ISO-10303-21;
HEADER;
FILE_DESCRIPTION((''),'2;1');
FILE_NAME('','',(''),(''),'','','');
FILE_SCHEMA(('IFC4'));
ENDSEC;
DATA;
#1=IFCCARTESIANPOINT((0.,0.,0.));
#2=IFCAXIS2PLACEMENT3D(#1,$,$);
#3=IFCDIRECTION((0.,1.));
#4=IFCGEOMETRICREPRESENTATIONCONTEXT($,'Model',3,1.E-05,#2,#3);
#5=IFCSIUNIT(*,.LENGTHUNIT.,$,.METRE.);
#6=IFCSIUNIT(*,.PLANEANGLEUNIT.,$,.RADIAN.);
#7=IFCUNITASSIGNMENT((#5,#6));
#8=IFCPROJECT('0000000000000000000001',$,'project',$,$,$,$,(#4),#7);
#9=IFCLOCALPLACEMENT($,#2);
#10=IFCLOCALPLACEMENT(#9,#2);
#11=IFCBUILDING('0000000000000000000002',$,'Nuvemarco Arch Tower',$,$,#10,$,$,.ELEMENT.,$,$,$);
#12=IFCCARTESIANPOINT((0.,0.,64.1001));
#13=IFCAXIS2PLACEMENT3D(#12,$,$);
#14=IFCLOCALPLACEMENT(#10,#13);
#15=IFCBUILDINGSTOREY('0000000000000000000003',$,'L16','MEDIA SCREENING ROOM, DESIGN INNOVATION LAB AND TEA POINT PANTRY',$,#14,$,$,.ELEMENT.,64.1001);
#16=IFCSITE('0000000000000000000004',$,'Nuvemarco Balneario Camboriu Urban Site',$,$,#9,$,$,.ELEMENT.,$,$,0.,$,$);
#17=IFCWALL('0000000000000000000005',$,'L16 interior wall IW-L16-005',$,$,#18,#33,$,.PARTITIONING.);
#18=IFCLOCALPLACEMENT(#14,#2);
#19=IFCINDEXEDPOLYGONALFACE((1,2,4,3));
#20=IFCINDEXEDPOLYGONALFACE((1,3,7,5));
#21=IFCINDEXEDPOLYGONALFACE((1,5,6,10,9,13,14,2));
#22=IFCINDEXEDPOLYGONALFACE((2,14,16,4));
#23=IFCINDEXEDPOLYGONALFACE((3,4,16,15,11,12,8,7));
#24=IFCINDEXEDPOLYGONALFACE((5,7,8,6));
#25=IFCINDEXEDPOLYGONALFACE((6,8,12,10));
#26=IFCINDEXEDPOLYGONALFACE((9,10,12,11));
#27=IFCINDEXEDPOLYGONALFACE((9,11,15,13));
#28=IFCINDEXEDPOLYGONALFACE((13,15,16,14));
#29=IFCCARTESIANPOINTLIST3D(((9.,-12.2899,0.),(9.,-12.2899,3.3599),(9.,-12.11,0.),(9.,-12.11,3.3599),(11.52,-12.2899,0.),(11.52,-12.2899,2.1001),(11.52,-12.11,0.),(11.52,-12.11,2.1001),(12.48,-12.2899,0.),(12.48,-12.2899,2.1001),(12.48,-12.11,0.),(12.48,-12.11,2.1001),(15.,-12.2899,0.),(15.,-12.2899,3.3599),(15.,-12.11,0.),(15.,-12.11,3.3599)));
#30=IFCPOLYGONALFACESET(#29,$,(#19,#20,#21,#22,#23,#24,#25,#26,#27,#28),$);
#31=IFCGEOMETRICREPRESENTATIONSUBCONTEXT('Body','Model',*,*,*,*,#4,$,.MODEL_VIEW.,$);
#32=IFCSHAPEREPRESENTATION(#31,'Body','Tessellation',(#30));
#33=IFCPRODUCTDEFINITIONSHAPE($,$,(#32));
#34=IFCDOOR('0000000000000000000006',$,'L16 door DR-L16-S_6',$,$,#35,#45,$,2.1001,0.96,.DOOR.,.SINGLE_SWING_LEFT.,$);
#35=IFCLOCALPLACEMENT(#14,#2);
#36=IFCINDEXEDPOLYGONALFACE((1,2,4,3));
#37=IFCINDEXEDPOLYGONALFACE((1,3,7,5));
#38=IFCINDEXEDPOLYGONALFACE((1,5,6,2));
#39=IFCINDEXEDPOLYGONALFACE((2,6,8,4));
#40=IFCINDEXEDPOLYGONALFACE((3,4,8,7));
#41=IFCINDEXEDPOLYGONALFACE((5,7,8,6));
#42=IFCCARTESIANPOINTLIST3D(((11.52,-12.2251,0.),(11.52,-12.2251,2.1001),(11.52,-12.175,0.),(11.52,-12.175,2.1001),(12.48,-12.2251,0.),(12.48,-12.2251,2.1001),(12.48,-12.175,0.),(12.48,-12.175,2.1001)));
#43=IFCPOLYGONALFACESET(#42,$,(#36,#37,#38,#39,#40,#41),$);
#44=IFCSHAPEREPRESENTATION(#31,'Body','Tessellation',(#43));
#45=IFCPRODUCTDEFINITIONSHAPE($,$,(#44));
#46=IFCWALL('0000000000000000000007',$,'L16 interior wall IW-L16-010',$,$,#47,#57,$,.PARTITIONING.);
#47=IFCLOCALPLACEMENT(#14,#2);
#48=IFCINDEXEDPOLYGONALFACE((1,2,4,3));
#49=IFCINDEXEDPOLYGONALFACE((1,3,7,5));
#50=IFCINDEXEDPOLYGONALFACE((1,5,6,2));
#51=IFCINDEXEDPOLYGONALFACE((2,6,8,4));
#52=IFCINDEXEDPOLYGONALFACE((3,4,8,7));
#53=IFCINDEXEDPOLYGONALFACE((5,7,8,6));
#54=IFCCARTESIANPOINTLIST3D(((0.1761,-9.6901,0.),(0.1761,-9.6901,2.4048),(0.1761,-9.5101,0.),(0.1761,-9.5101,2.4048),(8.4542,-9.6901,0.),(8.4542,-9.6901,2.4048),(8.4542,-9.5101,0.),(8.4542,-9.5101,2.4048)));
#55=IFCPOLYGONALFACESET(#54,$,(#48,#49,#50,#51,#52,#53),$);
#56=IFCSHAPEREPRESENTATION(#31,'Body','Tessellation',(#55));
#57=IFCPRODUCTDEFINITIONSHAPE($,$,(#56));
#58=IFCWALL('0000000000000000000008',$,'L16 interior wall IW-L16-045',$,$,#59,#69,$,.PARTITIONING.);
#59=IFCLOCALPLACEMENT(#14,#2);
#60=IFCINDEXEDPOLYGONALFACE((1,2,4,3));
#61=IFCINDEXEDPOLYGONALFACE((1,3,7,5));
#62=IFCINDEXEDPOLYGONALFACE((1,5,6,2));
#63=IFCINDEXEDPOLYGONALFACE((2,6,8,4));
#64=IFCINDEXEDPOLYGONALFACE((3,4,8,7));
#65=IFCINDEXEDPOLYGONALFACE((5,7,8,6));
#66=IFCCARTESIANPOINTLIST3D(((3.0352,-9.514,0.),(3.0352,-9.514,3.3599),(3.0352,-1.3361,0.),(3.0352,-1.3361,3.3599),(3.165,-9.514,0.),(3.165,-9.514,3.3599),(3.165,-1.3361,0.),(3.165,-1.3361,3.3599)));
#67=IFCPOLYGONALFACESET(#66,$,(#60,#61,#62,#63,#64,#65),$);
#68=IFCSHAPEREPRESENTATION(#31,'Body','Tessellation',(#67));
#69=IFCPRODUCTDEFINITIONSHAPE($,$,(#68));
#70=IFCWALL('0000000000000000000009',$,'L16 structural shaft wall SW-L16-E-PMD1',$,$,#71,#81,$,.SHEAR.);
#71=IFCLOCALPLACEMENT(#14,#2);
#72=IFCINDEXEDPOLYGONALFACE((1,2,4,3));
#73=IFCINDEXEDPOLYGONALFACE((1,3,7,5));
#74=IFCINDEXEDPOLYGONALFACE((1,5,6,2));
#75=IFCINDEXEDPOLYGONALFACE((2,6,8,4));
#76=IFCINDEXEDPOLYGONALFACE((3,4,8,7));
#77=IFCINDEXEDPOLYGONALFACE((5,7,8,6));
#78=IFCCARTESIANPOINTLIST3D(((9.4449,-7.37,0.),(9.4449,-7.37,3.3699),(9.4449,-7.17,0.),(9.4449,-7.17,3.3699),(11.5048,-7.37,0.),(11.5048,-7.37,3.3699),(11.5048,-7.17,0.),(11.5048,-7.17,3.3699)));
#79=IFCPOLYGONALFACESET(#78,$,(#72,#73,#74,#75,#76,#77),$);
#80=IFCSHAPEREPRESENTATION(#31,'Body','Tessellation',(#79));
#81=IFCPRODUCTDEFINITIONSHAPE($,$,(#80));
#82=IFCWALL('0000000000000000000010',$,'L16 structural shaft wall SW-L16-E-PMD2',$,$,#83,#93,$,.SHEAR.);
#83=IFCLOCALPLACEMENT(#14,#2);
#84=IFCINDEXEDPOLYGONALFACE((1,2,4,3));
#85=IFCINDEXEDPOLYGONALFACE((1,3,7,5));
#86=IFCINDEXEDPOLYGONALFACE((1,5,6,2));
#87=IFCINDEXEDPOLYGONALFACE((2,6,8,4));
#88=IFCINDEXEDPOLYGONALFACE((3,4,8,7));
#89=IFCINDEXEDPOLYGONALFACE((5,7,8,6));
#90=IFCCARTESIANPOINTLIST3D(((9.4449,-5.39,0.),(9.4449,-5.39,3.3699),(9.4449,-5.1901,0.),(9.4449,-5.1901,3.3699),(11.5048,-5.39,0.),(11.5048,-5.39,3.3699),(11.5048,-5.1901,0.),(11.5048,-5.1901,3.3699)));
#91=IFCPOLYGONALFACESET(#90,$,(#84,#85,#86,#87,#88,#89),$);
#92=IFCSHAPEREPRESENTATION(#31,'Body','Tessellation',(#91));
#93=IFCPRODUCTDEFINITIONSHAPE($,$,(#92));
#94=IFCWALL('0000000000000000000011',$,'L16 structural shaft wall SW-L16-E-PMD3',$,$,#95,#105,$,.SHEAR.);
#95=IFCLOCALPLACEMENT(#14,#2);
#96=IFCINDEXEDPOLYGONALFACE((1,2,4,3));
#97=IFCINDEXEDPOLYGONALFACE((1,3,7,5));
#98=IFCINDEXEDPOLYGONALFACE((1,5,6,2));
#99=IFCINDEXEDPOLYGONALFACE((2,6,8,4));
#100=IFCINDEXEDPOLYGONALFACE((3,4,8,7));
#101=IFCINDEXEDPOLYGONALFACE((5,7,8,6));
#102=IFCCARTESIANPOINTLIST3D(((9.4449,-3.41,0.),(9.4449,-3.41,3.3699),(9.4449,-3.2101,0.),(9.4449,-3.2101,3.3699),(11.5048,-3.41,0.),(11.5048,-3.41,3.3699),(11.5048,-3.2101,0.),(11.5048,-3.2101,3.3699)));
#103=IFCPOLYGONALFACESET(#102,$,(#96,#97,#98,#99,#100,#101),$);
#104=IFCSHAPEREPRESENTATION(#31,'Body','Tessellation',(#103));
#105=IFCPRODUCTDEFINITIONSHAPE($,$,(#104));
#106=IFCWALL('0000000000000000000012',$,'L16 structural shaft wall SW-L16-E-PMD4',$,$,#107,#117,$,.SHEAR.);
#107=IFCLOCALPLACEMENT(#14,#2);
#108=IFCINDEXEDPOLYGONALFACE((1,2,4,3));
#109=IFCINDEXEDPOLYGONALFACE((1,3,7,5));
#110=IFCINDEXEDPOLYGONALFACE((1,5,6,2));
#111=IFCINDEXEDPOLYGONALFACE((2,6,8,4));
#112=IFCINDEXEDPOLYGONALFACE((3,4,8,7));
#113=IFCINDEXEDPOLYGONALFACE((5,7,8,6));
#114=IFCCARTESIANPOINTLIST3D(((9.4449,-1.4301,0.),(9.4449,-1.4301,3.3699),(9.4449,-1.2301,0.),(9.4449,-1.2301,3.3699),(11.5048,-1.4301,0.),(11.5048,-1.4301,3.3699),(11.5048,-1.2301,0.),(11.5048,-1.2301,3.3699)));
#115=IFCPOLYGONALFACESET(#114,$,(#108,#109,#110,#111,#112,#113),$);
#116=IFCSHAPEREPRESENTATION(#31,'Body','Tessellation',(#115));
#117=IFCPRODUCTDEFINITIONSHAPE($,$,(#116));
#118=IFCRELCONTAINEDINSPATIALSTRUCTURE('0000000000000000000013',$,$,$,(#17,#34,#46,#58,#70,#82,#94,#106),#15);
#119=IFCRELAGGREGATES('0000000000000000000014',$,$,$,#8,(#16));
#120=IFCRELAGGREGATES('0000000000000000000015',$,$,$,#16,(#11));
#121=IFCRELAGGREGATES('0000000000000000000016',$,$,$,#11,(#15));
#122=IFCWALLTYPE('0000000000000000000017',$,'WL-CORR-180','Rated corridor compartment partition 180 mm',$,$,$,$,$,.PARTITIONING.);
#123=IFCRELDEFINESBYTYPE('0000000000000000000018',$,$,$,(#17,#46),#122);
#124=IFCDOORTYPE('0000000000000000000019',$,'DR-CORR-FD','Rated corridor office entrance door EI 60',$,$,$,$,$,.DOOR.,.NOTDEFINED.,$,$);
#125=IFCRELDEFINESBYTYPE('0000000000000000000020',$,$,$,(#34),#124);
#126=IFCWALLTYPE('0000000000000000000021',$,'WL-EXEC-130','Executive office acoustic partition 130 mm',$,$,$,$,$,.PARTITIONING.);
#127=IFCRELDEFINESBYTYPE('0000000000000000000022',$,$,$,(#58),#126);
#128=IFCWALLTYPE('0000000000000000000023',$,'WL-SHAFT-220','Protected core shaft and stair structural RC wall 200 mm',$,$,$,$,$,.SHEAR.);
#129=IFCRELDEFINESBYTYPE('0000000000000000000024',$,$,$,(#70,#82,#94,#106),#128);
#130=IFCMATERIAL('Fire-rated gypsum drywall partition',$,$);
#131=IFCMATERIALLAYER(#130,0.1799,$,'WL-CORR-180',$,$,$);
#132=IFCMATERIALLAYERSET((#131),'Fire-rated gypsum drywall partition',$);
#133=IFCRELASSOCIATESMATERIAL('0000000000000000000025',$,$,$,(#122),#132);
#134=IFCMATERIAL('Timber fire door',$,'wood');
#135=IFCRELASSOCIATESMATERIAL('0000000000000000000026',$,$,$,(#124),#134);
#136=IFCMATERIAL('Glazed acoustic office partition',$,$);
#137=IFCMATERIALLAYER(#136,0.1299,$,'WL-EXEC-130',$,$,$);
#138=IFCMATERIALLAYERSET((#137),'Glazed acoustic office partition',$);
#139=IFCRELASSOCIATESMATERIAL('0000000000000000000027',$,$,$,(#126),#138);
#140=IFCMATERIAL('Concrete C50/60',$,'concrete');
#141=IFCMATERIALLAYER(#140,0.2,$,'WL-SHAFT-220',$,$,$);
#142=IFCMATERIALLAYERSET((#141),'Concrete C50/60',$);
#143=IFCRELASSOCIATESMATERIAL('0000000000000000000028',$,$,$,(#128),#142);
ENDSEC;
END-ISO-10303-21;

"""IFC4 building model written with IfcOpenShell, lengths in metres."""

from ifc_helpers import new_model, si_unit, direction, frame, frame_2d, origin, place, context, subcontext, project, spatial, rectangle, extrude, source, transform, mapped, material, layer, layer_set, type_object, type_shapes, element, fill, save


model = new_model("IFC4")

# Units and contexts
model_context = context("Model", 3, precision=1e-05, world=origin(), true_north=direction((0.0, 1.0)))
body_context = subcontext(model_context, "Body", "Model", "MODEL_VIEW")
ifc_project = project(units=[si_unit("LENGTHUNIT", "METRE"), si_unit("PLANEANGLEUNIT", "RADIAN")], contexts=[model_context])

# Site, building, storey
site_placement = place(None, origin())
site = spatial("IfcSite", under=ifc_project, at=site_placement, Name="Nuvemarco Balneario Camboriu Urban Site", CompositionType="ELEMENT", RefElevation=0.0)
building_placement = place(site_placement, origin())
building = spatial("IfcBuilding", under=site, at=building_placement, Name="Nuvemarco Arch Tower", CompositionType="ELEMENT")
storey_placement = place(building_placement, frame((0.0, 0.0, 64.1001)))
storey = spatial("IfcBuildingStorey", under=building, at=storey_placement, Name="L16", Description="MEDIA SCREENING ROOM, DESIGN INNOVATION LAB AND TEA POINT PANTRY", CompositionType="ELEMENT", Elevation=64.1001)

# Shared definitions
ifc_material_1 = material(Name="Concrete C50/60", Category="concrete")

# Wall, opening, door
ifc_material_2 = material(Name="Fire-rated gypsum drywall partition")
ifc_layer_1 = layer(ifc_material_2, 0.1799, Name="WL-CORR-180")
ifc_layer_set_1 = layer_set([ifc_layer_1], Name="Fire-rated gypsum drywall partition")
wall_type_1 = type_object("IfcWallType", Name="WL-CORR-180", Description="Rated corridor compartment partition 180 mm", PredefinedType="PARTITIONING", material=ifc_layer_set_1)
wall_1_placement = place(storey_placement, frame((9.0, -12.2, 0.0), z_axis=(0.0, 0.0, 1.0), x_axis=(1.0, 0.0, 0.0)))
wall_1 = element("IfcWall", 1, at=wall_1_placement, inside=storey, type_object=wall_type_1, Name="L16 interior wall IW-L16-005", PredefinedType="PARTITIONING", context=body_context, shape_type="SweptSolid", body=[
    extrude(rectangle(XDim=6.0, YDim=0.1799, at=frame_2d((3.0, 0.0))), origin(), (0.0, 0.0, 1.0), 3.3599),
])
opening_1_placement = place(wall_1_placement, frame((2.52, 0.0, 0.0)))
opening_1 = element("IfcOpeningElement", 2, at=opening_1_placement, cuts=wall_1, PredefinedType="OPENING", context=body_context, shape_type="SweptSolid", body=[
    extrude(rectangle(XDim=0.96, YDim=2.1001, at=frame_2d((0.48, 1.05))), frame((0.0, 0.0999, 0.0), z_axis=(0.0, -1.0, 0.0), x_axis=(1.0, 0.0, 0.0)), (0.0, 0.0, 1.0), 0.2),
])
ifc_material_3 = material(Name="Timber fire door", Category="wood")
door_type_1 = type_object("IfcDoorType", Name="DR-CORR-FD", Description="Rated corridor office entrance door EI 60", OperationType="NOTDEFINED", PredefinedType="DOOR", material=ifc_material_3)
shared_shape_1 = source(origin(), body_context, "Body", "SweptSolid", [
    extrude(rectangle(XDim=0.96, YDim=2.1001, at=frame_2d((0.48, 1.05))), frame((0.0, 0.0249, 0.0), z_axis=(0.0, -1.0, 0.0), x_axis=(1.0, 0.0, 0.0)), (0.0, 0.0, 1.0), 0.05),
])
type_shapes(door_type_1, [shared_shape_1])
door_1_placement = place(opening_1_placement, origin())
door_1 = element("IfcDoor", 3, at=door_1_placement, inside=storey, type_object=door_type_1, Name="L16 door DR-L16-S_6", OperationType="SINGLE_SWING_LEFT", OverallHeight=2.1001, OverallWidth=0.96, PredefinedType="DOOR", context=body_context, shape_type="MappedRepresentation", body=[
    mapped(shared_shape_1, transform((0.0, 0.0, 0.0), scale=1.0)),
])
fill(opening_1, door_1)

# Walls
wall_2_placement = place(storey_placement, frame((0.176, -9.6001, 0.0), z_axis=(0.0, 0.0, 1.0), x_axis=(1.0, 0.0, 0.0)))
element("IfcWall", 4, at=wall_2_placement, inside=storey, type_object=wall_type_1, Name="L16 interior wall IW-L16-010", PredefinedType="PARTITIONING", context=body_context, shape_type="SweptSolid", body=[
    extrude(rectangle(XDim=8.2781, YDim=0.1799, at=frame_2d((4.1392, 0.0))), origin(), (0.0, 0.0, 1.0), 2.4048),
])
ifc_material_4 = material(Name="Glazed acoustic office partition")
ifc_layer_2 = layer(ifc_material_4, 0.1299, Name="WL-EXEC-130")
ifc_layer_set_2 = layer_set([ifc_layer_2], Name="Glazed acoustic office partition")
wall_type_2 = type_object("IfcWallType", Name="WL-EXEC-130", Description="Executive office acoustic partition 130 mm", PredefinedType="PARTITIONING", material=ifc_layer_set_2)
wall_3_placement = place(storey_placement, frame((3.1001, -9.5139, 0.0), z_axis=(0.0, 0.0, 1.0), x_axis=(0.0, 1.0, 0.0)))
element("IfcWall", 5, at=wall_3_placement, inside=storey, type_object=wall_type_2, Name="L16 interior wall IW-L16-045", PredefinedType="PARTITIONING", context=body_context, shape_type="SweptSolid", body=[
    extrude(rectangle(XDim=8.178, YDim=0.1299, at=frame_2d((4.0889, 0.0))), origin(), (0.0, 0.0, 1.0), 3.3599),
])
ifc_layer_3 = layer(ifc_material_1, 0.2, Name="WL-SHAFT-220")
ifc_layer_set_3 = layer_set([ifc_layer_3], Name="Concrete C50/60")
wall_type_3 = type_object("IfcWallType", Name="WL-SHAFT-220", Description="Protected core shaft and stair structural RC wall 200 mm", PredefinedType="SHEAR", material=ifc_layer_set_3)
for number, where, z_axis, x_axis, name in (
    (6, (9.4451, -7.27, 0.0), (0.0, 0.0, 1.0), (1.0, 0.0, 0.0), "L16 structural shaft wall SW-L16-E-PMD1"),
    (7, (9.4451, -5.29, 0.0), (0.0, 0.0, 1.0), (1.0, 0.0, 0.0), "L16 structural shaft wall SW-L16-E-PMD2"),
    (8, (9.4451, -3.3101, 0.0), (0.0, 0.0, 1.0), (1.0, 0.0, 0.0), "L16 structural shaft wall SW-L16-E-PMD3"),
    (9, (9.4451, -1.3301, 0.0), (0.0, 0.0, 1.0), (1.0, 0.0, 0.0), "L16 structural shaft wall SW-L16-E-PMD4"),
):
    element("IfcWall", number, at=place(storey_placement, frame(where, z_axis=z_axis, x_axis=x_axis)), inside=storey, type_object=wall_type_3, Name=name, PredefinedType="SHEAR", context=body_context, shape_type="SweptSolid", body=[
        extrude(rectangle(XDim=2.0598, YDim=0.2, at=frame_2d((1.0298, 0.0))), origin(), (0.0, 0.0, 1.0), 3.3699),
    ])

save(model, "model.ifc")
